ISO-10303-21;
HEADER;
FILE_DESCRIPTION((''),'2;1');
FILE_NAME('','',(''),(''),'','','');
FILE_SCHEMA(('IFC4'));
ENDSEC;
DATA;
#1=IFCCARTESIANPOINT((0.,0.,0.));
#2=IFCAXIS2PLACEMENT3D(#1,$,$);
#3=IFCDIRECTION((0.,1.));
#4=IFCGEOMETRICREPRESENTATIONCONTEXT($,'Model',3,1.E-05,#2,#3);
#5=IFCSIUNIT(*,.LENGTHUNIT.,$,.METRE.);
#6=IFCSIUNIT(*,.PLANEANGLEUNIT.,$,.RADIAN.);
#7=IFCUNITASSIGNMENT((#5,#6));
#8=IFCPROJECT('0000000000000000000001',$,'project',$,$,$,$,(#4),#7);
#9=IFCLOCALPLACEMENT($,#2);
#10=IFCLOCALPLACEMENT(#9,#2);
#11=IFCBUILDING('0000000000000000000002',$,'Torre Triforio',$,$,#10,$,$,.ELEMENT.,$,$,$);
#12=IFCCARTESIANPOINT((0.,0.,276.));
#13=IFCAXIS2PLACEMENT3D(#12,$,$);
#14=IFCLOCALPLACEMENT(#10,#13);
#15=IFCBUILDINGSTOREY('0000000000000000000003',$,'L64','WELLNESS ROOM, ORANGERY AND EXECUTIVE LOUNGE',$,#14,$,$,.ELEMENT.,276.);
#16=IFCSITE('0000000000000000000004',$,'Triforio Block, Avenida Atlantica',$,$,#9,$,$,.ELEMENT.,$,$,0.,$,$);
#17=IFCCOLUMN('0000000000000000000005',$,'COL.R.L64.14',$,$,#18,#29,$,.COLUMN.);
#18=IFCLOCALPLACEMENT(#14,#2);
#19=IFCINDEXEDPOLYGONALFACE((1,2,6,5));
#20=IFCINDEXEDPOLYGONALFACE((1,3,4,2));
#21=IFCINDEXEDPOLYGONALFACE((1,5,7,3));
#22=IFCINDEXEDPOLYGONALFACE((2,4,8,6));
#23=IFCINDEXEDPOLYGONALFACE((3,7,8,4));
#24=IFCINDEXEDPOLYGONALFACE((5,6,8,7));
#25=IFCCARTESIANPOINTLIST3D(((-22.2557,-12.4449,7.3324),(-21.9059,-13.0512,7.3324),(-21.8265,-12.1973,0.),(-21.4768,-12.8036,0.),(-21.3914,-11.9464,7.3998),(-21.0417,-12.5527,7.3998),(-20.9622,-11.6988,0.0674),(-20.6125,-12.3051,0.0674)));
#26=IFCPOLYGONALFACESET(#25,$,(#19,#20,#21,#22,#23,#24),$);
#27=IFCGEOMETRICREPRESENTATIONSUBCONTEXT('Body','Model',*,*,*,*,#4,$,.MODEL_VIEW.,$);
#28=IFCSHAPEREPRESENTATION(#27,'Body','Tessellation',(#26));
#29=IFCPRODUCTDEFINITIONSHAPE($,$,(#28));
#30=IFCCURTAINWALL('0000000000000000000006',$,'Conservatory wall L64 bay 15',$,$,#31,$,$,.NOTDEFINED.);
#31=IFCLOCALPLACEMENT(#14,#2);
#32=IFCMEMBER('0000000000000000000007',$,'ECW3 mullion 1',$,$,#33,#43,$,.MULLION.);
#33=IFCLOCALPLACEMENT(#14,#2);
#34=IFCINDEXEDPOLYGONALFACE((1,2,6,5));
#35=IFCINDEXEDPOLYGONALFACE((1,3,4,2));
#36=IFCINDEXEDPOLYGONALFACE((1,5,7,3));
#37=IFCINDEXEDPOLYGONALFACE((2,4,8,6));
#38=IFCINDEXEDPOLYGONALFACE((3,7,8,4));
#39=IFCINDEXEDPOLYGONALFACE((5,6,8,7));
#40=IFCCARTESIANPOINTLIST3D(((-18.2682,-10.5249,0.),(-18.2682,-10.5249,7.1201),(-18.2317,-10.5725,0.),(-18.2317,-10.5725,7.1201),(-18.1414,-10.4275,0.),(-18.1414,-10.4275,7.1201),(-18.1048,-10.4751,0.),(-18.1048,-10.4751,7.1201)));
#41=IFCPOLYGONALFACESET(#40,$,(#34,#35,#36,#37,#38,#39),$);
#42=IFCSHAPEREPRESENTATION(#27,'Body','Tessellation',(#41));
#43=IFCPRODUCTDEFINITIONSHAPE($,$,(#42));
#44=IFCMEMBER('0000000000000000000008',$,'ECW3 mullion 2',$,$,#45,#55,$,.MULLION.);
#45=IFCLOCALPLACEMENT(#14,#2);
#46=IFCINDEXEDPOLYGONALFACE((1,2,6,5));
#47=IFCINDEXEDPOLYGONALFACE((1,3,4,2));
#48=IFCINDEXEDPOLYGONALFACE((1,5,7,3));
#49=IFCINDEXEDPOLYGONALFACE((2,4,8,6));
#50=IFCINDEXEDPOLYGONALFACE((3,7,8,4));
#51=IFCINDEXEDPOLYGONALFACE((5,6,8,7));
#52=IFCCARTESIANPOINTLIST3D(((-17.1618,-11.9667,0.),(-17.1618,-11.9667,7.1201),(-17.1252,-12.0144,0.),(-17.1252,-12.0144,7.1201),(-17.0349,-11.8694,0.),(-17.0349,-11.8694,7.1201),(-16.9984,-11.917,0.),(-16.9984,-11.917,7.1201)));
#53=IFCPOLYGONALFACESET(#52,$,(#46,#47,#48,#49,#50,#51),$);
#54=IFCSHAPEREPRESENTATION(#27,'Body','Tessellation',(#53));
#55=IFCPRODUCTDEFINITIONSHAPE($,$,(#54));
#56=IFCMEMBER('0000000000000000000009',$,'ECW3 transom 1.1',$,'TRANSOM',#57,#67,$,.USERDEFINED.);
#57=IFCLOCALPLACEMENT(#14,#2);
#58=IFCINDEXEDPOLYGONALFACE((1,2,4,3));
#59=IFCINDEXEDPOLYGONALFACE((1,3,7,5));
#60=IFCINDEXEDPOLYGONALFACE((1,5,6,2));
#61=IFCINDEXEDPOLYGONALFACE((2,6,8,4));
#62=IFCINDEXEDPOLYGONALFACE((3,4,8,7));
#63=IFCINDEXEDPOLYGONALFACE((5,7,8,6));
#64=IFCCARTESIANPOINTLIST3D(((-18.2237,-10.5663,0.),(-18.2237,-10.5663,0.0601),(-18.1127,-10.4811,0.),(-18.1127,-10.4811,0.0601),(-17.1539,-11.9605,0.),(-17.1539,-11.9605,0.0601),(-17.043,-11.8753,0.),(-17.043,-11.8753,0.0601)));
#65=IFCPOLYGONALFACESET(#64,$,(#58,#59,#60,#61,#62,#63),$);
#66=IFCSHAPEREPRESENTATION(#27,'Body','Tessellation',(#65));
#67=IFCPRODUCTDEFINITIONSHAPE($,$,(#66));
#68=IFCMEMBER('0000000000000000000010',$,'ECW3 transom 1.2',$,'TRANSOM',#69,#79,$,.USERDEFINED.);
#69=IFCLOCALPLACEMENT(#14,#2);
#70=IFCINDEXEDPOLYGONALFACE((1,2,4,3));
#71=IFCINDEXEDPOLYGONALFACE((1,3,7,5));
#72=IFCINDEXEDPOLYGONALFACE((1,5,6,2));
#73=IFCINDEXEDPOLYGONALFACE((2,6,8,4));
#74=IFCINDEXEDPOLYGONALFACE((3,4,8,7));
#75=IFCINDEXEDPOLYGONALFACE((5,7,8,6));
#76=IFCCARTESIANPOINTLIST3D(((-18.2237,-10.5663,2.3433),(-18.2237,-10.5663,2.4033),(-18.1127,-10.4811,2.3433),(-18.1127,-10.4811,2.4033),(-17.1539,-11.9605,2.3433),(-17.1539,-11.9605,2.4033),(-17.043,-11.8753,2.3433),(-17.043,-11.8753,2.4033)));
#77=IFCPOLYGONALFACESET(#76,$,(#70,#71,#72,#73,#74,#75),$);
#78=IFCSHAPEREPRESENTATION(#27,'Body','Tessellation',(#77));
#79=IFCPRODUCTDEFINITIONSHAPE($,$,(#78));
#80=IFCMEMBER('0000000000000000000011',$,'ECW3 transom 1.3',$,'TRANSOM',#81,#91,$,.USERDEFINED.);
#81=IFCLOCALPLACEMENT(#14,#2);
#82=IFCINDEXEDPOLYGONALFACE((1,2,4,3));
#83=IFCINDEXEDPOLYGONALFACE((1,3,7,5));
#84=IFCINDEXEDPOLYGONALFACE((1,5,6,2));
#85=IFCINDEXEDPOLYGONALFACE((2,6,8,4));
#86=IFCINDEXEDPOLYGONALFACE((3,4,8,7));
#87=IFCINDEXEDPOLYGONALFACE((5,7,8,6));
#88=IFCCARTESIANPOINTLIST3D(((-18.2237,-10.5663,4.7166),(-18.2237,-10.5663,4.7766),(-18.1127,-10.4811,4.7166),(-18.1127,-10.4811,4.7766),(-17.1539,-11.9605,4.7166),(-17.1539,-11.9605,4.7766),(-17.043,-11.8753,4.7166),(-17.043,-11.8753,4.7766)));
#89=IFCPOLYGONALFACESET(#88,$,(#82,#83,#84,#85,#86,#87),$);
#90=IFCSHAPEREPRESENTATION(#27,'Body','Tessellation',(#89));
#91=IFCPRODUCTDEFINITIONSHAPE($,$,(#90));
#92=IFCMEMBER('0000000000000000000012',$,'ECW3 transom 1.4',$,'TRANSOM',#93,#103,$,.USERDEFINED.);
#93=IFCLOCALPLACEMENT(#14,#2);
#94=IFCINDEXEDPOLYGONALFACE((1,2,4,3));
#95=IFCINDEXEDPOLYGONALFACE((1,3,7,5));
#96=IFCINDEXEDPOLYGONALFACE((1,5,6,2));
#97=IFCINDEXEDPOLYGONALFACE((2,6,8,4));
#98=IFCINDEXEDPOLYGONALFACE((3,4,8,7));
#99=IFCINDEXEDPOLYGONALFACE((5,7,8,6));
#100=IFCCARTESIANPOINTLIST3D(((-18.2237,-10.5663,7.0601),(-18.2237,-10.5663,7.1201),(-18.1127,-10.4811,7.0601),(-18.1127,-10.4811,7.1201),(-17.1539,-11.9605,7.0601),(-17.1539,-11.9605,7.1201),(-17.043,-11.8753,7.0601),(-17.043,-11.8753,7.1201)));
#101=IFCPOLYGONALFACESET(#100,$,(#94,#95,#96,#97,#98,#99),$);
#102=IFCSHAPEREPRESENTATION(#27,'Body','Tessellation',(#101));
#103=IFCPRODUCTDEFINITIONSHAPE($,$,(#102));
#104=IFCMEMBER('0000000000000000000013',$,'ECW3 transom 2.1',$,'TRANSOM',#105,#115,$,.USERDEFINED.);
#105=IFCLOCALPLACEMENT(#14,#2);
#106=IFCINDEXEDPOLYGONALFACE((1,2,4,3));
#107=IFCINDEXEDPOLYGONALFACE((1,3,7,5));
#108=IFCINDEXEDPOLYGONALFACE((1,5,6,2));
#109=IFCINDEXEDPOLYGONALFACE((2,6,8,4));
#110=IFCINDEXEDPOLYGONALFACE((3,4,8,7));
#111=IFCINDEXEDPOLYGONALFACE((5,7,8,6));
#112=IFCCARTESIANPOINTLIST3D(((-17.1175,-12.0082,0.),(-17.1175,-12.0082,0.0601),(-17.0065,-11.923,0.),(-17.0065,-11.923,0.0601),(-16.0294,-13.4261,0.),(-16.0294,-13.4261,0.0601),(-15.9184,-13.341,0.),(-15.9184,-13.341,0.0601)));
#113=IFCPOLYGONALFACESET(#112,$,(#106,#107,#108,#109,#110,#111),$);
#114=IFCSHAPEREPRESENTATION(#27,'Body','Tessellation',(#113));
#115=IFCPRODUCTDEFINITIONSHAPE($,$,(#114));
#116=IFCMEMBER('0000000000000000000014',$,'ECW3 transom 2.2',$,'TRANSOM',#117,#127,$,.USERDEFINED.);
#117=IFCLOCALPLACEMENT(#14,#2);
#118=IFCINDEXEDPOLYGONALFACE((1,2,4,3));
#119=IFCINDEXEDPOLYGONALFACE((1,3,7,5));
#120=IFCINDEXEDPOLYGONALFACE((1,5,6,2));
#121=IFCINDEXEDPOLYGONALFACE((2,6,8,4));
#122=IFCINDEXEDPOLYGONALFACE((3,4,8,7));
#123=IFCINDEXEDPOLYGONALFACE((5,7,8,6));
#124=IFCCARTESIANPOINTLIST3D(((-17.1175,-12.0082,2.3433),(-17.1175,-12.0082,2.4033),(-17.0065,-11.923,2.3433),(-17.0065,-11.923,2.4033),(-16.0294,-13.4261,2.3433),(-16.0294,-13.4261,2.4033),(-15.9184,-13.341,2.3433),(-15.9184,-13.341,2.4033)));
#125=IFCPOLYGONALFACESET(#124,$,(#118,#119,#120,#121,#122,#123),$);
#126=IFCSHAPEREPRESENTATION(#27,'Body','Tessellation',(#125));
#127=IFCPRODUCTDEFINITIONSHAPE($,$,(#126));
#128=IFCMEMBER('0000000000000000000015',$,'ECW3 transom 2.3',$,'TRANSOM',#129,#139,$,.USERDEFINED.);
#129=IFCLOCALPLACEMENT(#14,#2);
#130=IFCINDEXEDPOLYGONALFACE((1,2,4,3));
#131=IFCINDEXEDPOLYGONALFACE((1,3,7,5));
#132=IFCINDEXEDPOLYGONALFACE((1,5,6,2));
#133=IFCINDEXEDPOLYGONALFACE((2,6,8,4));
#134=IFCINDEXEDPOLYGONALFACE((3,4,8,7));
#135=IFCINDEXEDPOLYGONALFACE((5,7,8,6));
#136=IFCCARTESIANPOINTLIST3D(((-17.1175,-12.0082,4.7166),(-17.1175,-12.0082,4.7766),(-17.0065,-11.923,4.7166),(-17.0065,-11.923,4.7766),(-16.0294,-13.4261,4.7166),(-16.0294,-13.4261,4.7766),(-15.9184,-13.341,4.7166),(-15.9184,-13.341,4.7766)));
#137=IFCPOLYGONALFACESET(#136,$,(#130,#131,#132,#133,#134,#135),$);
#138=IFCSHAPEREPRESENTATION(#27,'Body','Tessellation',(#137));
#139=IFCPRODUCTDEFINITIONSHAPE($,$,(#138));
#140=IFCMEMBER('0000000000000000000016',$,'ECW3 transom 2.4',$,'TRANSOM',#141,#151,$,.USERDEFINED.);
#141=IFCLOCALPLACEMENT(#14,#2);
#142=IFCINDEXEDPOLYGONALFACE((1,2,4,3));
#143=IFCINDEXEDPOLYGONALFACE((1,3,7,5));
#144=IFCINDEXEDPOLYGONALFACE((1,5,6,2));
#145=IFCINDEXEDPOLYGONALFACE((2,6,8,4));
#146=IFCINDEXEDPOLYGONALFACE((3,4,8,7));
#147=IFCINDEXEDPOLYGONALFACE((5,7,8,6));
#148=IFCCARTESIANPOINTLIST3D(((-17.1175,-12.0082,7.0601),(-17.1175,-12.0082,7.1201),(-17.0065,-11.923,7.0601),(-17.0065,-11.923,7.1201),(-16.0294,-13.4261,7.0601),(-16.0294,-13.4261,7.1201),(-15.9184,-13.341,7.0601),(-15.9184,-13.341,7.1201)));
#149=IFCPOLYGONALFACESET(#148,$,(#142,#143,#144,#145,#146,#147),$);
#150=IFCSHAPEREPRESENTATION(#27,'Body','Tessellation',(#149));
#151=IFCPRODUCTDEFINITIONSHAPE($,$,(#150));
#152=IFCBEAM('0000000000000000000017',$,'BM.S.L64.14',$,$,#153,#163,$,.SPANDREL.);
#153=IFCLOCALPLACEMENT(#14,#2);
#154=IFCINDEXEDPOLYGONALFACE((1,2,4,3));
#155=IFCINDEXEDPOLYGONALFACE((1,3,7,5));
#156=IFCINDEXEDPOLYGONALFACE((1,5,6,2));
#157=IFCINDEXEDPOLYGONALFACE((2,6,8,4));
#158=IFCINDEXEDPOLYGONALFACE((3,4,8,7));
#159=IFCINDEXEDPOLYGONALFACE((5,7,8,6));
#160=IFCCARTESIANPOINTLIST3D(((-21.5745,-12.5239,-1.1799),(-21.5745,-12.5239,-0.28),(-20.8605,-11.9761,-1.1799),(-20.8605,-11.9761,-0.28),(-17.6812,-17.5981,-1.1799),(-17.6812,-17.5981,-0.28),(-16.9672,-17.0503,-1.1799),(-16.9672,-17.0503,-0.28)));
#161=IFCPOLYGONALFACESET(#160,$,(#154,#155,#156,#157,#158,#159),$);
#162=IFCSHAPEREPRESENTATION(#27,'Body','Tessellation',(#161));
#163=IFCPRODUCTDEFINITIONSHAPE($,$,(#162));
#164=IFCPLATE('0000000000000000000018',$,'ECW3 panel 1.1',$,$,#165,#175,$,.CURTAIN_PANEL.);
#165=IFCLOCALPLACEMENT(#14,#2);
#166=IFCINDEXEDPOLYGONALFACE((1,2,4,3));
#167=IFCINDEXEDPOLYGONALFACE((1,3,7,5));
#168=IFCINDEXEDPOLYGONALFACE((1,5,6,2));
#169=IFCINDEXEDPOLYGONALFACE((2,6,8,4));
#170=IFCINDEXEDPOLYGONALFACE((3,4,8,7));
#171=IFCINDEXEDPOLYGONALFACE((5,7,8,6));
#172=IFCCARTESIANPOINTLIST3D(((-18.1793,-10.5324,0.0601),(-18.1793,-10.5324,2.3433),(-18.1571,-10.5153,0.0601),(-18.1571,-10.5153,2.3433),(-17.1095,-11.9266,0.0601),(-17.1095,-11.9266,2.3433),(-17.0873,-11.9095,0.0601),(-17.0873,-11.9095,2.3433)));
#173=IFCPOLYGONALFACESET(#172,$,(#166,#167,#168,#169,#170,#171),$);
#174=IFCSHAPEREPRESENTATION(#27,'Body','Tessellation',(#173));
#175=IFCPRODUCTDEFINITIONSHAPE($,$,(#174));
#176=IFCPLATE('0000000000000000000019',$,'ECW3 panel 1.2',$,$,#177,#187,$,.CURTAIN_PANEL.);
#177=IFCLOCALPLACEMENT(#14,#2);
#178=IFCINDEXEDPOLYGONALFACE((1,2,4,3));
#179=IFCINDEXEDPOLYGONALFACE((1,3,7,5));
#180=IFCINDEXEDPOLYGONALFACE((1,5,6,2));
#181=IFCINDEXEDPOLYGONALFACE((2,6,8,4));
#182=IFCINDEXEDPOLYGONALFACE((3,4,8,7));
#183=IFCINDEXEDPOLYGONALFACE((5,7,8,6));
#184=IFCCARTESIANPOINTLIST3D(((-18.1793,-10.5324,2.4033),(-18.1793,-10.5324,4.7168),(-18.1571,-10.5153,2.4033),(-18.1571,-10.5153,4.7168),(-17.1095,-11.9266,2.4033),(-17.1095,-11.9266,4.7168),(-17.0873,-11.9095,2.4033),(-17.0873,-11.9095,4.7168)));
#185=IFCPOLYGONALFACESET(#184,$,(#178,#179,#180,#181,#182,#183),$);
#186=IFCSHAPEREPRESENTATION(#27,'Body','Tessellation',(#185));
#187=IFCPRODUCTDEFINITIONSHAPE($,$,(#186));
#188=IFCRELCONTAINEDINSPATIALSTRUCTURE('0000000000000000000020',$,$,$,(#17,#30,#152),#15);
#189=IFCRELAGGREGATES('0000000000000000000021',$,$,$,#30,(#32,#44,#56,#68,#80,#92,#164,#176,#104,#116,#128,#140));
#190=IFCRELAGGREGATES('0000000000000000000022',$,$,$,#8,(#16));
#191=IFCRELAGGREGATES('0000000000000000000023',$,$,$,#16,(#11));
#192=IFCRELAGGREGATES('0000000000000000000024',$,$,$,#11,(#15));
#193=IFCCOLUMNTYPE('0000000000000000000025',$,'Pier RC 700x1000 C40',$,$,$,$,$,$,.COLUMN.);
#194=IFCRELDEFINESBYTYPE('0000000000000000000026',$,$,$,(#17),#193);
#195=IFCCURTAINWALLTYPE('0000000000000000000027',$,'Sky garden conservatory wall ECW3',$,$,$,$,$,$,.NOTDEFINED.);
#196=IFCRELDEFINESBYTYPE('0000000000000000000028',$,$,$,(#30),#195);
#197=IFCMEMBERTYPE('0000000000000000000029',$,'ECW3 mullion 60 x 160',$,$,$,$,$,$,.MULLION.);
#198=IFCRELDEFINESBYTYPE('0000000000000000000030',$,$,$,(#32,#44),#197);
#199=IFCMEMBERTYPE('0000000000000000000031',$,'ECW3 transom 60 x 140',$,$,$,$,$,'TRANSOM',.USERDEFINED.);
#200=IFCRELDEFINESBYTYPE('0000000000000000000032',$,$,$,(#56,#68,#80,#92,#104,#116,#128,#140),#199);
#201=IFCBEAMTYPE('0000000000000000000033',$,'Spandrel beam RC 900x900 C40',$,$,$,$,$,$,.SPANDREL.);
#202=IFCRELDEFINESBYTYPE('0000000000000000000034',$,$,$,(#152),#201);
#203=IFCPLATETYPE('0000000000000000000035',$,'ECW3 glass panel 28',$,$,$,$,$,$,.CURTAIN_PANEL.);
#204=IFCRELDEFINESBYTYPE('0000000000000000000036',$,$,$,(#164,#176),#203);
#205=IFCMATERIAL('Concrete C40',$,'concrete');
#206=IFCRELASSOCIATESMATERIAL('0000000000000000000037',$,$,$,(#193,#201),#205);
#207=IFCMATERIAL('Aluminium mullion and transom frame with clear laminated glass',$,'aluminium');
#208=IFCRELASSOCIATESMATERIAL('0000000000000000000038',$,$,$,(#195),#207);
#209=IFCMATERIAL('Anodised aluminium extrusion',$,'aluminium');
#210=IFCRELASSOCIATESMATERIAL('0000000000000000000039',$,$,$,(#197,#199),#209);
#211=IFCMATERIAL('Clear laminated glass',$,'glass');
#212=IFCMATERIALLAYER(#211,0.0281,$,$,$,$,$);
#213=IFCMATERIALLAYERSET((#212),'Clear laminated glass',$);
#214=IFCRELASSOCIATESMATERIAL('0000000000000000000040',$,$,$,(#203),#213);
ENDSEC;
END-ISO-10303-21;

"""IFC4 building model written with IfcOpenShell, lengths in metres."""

from ifc_helpers import new_model, si_unit, direction, frame, origin, origin_2d, place, context, subcontext, project, spatial, rectangle, extrude, material, layer, layer_set, material_profile, profile_set, type_object, element, aggregate, save


model = new_model("IFC4")

# Units and contexts
model_context = context("Model", 3, precision=1e-05, world=origin(), true_north=direction((0.0, 1.0)))
body_context = subcontext(model_context, "Body", "Model", "MODEL_VIEW")
ifc_project = project(units=[si_unit("LENGTHUNIT", "METRE"), si_unit("PLANEANGLEUNIT", "RADIAN")], contexts=[model_context])

# Site, building, storey
site_placement = place(None, origin())
site = spatial("IfcSite", under=ifc_project, at=site_placement, Name="Triforio Block, Avenida Atlantica", CompositionType="ELEMENT", RefElevation=0.0)
building_placement = place(site_placement, origin())
building = spatial("IfcBuilding", under=site, at=building_placement, Name="Torre Triforio", CompositionType="ELEMENT")
storey_placement = place(building_placement, frame((0.0, 0.0, 276.0)))
storey = spatial("IfcBuildingStorey", under=building, at=storey_placement, Name="L64", Description="WELLNESS ROOM, ORANGERY AND EXECUTIVE LOUNGE", CompositionType="ELEMENT", Elevation=276.0)

# Column
ifc_material_1 = material(Name="Concrete C40", Category="concrete")
ifc_material_profile_1 = material_profile(ifc_material_1, rectangle(XDim=0.7, YDim=1.0, at=origin_2d()), Name="RC 700x1000")
ifc_profile_set_1 = profile_set([ifc_material_profile_1], Name="Concrete C40")
column_type = type_object("IfcColumnType", Name="Pier RC 700x1000 C40", PredefinedType="COLUMN", material=ifc_profile_set_1)
column_placement = place(storey_placement, frame((-21.2195, -12.2512, 0.0337), z_axis=(-0.0584, -0.033685, 0.997725), x_axis=(0.499637, -0.866235, 0.0)))
element("IfcColumn", 1, at=column_placement, inside=storey, type_object=column_type, Name="COL.R.L64.14", PredefinedType="COLUMN", context=body_context, shape_type="SweptSolid", body=[
    extrude(rectangle(XDim=0.7, YDim=1.0, at=origin_2d()), origin(), (0.0, 0.0, 1.0), 7.3491),
])

# Curtain wall, members
ifc_material_2 = material(Name="Aluminium mullion and transom frame with clear laminated glass", Category="aluminium")
curtain_wall_type = type_object("IfcCurtainWallType", Name="Sky garden conservatory wall ECW3", PredefinedType="NOTDEFINED", material=ifc_material_2)
curtain_wall_placement = place(storey_placement, origin())
curtain_wall = element("IfcCurtainWall", 2, at=curtain_wall_placement, inside=storey, type_object=curtain_wall_type, Name="Conservatory wall L64 bay 15", PredefinedType="NOTDEFINED")
ifc_material_3 = material(Name="Anodised aluminium extrusion", Category="aluminium")
ifc_material_profile_2 = material_profile(ifc_material_3, rectangle(XDim=0.1599, YDim=0.0601, at=origin_2d()), Name="ECW3 MULLION 60x160")
ifc_profile_set_2 = profile_set([ifc_material_profile_2], Name="Anodised aluminium extrusion")
member_type_1 = type_object("IfcMemberType", Name="ECW3 mullion 60 x 160", PredefinedType="MULLION", material=ifc_profile_set_2)
member_1_placement = place(storey_placement, frame((-18.1865, -10.5, 0.0), z_axis=(0.0, 0.0, 1.0), x_axis=(0.793352, 0.608763, 0.0)))
member_1 = element("IfcMember", 3, at=member_1_placement, type_object=member_type_1, Name="ECW3 mullion 1", PredefinedType="MULLION", context=body_context, shape_type="SweptSolid", body=[
    extrude(rectangle(XDim=0.1599, YDim=0.0601, at=origin_2d()), origin(), (0.0, 0.0, 1.0), 7.1201),
])
member_2_placement = place(storey_placement, frame((-17.0801, -11.9419, 0.0), z_axis=(0.0, 0.0, 1.0), x_axis=(0.793352, 0.608763, 0.0)))
member_2 = element("IfcMember", 4, at=member_2_placement, type_object=member_type_1, Name="ECW3 mullion 2", PredefinedType="MULLION", context=body_context, shape_type="SweptSolid", body=[
    extrude(rectangle(XDim=0.1599, YDim=0.0601, at=origin_2d()), origin(), (0.0, 0.0, 1.0), 7.1201),
])
ifc_material_profile_3 = material_profile(ifc_material_3, rectangle(XDim=0.1399, YDim=0.0601, at=origin_2d()), Name="ECW3 TRANSOM 60x140")
ifc_profile_set_3 = profile_set([ifc_material_profile_3], Name="Anodised aluminium extrusion")
member_type_2 = type_object("IfcMemberType", Name="ECW3 transom 60 x 140", ElementType="TRANSOM", PredefinedType="USERDEFINED", material=ifc_profile_set_3)
member_3_placement = place(storey_placement, frame((-18.1682, -10.5237, 0.03), z_axis=(0.608744, -0.793367, 0.0), x_axis=(0.793367, 0.608744, 0.0)))
member_3 = element("IfcMember", 5, at=member_3_placement, type_object=member_type_2, Name="ECW3 transom 1.1", ObjectType="TRANSOM", PredefinedType="USERDEFINED", context=body_context, shape_type="SweptSolid", body=[
    extrude(rectangle(XDim=0.1399, YDim=0.0601, at=origin_2d()), origin(), (0.0, 0.0, 1.0), 1.7573),
])
member_4_placement = place(storey_placement, frame((-18.1682, -10.5237, 2.3733), z_axis=(0.608744, -0.793367, 0.0), x_axis=(0.793367, 0.608744, 0.0)))
member_4 = element("IfcMember", 6, at=member_4_placement, type_object=member_type_2, Name="ECW3 transom 1.2", ObjectType="TRANSOM", PredefinedType="USERDEFINED", context=body_context, shape_type="SweptSolid", body=[
    extrude(rectangle(XDim=0.1399, YDim=0.0601, at=origin_2d()), origin(), (0.0, 0.0, 1.0), 1.7573),
])
member_5_placement = place(storey_placement, frame((-18.1682, -10.5237, 4.7466), z_axis=(0.608744, -0.793367, 0.0), x_axis=(0.793367, 0.608744, 0.0)))
member_5 = element("IfcMember", 7, at=member_5_placement, type_object=member_type_2, Name="ECW3 transom 1.3", ObjectType="TRANSOM", PredefinedType="USERDEFINED", context=body_context, shape_type="SweptSolid", body=[
    extrude(rectangle(XDim=0.1399, YDim=0.0601, at=origin_2d()), origin(), (0.0, 0.0, 1.0), 1.7573),
])
member_6_placement = place(storey_placement, frame((-18.1682, -10.5237, 7.0901), z_axis=(0.608744, -0.793367, 0.0), x_axis=(0.793367, 0.608744, 0.0)))
member_6 = element("IfcMember", 8, at=member_6_placement, type_object=member_type_2, Name="ECW3 transom 1.4", ObjectType="TRANSOM", PredefinedType="USERDEFINED", context=body_context, shape_type="SweptSolid", body=[
    extrude(rectangle(XDim=0.1399, YDim=0.0601, at=origin_2d()), origin(), (0.0, 0.0, 1.0), 1.7573),
])
member_7_placement = place(storey_placement, frame((-17.062, -11.9656, 0.03), z_axis=(0.608793, -0.793329, 0.0), x_axis=(0.793329, 0.608793, 0.0)))
member_7 = element("IfcMember", 9, at=member_7_placement, type_object=member_type_2, Name="ECW3 transom 2.1", ObjectType="TRANSOM", PredefinedType="USERDEFINED", context=body_context, shape_type="SweptSolid", body=[
    extrude(rectangle(XDim=0.1399, YDim=0.0601, at=origin_2d()), origin(), (0.0, 0.0, 1.0), 1.7874),
])
member_8_placement = place(storey_placement, frame((-17.062, -11.9656, 2.3733), z_axis=(0.608793, -0.793329, 0.0), x_axis=(0.793329, 0.608793, 0.0)))
member_8 = element("IfcMember", 10, at=member_8_placement, type_object=member_type_2, Name="ECW3 transom 2.2", ObjectType="TRANSOM", PredefinedType="USERDEFINED", context=body_context, shape_type="SweptSolid", body=[
    extrude(rectangle(XDim=0.1399, YDim=0.0601, at=origin_2d()), origin(), (0.0, 0.0, 1.0), 1.7874),
])
member_9_placement = place(storey_placement, frame((-17.062, -11.9656, 4.7466), z_axis=(0.608793, -0.793329, 0.0), x_axis=(0.793329, 0.608793, 0.0)))
member_9 = element("IfcMember", 11, at=member_9_placement, type_object=member_type_2, Name="ECW3 transom 2.3", ObjectType="TRANSOM", PredefinedType="USERDEFINED", context=body_context, shape_type="SweptSolid", body=[
    extrude(rectangle(XDim=0.1399, YDim=0.0601, at=origin_2d()), origin(), (0.0, 0.0, 1.0), 1.7874),
])
member_10_placement = place(storey_placement, frame((-17.062, -11.9656, 7.0901), z_axis=(0.608793, -0.793329, 0.0), x_axis=(0.793329, 0.608793, 0.0)))
member_10 = element("IfcMember", 12, at=member_10_placement, type_object=member_type_2, Name="ECW3 transom 2.4", ObjectType="TRANSOM", PredefinedType="USERDEFINED", context=body_context, shape_type="SweptSolid", body=[
    extrude(rectangle(XDim=0.1399, YDim=0.0601, at=origin_2d()), origin(), (0.0, 0.0, 1.0), 1.7874),
])

# Beam
ifc_material_profile_4 = material_profile(ifc_material_1, rectangle(XDim=0.8999, YDim=0.8999, at=origin_2d()), Name="RC 900x900")
ifc_profile_set_4 = profile_set([ifc_material_profile_4], Name="Concrete C40")
beam_type = type_object("IfcBeamType", Name="Spandrel beam RC 900x900 C40", PredefinedType="SPANDREL", material=ifc_profile_set_4)
beam_placement = place(storey_placement, frame((-21.2175, -12.25, -0.73), z_axis=(0.608734, -0.793374, 0.0), x_axis=(0.793374, 0.608734, 0.0)))
element("IfcBeam", 13, at=beam_placement, inside=storey, type_object=beam_type, Name="BM.S.L64.14", PredefinedType="SPANDREL", context=body_context, shape_type="SweptSolid", body=[
    extrude(rectangle(XDim=0.8999, YDim=0.8999, at=origin_2d()), origin(), (0.0, 0.0, 1.0), 6.3958),
])

# Plates
ifc_material_4 = material(Name="Clear laminated glass", Category="glass")
ifc_layer_1 = layer(ifc_material_4, 0.0281)
ifc_layer_set_1 = layer_set([ifc_layer_1], Name="Clear laminated glass")
plate_type = type_object("IfcPlateType", Name="ECW3 glass panel 28", PredefinedType="CURTAIN_PANEL", material=ifc_layer_set_1)
plate_1_placement = place(storey_placement, frame((-17.6333, -11.2209, 0.0601), z_axis=(0.0, 0.0, 1.0), x_axis=(0.608763, -0.793352, 0.0)))
plate_1 = element("IfcPlate", 14, at=plate_1_placement, type_object=plate_type, Name="ECW3 panel 1.1", PredefinedType="CURTAIN_PANEL", context=body_context, shape_type="SweptSolid", body=[
    extrude(rectangle(XDim=1.7573, YDim=0.0281, at=origin_2d()), origin(), (0.0, 0.0, 1.0), 2.2832),
])
plate_2_placement = place(storey_placement, frame((-17.6333, -11.2209, 2.4033), z_axis=(0.0, 0.0, 1.0), x_axis=(0.608763, -0.793352, 0.0)))
plate_2 = element("IfcPlate", 15, at=plate_2_placement, type_object=plate_type, Name="ECW3 panel 1.2", PredefinedType="CURTAIN_PANEL", context=body_context, shape_type="SweptSolid", body=[
    extrude(rectangle(XDim=1.7573, YDim=0.0281, at=origin_2d()), origin(), (0.0, 0.0, 1.0), 2.3135),
])
aggregate(curtain_wall, [member_1, member_2, member_3, member_4, member_5, member_6, plate_1, plate_2, member_7, member_8, member_9, member_10])

save(model, "model.ifc")
